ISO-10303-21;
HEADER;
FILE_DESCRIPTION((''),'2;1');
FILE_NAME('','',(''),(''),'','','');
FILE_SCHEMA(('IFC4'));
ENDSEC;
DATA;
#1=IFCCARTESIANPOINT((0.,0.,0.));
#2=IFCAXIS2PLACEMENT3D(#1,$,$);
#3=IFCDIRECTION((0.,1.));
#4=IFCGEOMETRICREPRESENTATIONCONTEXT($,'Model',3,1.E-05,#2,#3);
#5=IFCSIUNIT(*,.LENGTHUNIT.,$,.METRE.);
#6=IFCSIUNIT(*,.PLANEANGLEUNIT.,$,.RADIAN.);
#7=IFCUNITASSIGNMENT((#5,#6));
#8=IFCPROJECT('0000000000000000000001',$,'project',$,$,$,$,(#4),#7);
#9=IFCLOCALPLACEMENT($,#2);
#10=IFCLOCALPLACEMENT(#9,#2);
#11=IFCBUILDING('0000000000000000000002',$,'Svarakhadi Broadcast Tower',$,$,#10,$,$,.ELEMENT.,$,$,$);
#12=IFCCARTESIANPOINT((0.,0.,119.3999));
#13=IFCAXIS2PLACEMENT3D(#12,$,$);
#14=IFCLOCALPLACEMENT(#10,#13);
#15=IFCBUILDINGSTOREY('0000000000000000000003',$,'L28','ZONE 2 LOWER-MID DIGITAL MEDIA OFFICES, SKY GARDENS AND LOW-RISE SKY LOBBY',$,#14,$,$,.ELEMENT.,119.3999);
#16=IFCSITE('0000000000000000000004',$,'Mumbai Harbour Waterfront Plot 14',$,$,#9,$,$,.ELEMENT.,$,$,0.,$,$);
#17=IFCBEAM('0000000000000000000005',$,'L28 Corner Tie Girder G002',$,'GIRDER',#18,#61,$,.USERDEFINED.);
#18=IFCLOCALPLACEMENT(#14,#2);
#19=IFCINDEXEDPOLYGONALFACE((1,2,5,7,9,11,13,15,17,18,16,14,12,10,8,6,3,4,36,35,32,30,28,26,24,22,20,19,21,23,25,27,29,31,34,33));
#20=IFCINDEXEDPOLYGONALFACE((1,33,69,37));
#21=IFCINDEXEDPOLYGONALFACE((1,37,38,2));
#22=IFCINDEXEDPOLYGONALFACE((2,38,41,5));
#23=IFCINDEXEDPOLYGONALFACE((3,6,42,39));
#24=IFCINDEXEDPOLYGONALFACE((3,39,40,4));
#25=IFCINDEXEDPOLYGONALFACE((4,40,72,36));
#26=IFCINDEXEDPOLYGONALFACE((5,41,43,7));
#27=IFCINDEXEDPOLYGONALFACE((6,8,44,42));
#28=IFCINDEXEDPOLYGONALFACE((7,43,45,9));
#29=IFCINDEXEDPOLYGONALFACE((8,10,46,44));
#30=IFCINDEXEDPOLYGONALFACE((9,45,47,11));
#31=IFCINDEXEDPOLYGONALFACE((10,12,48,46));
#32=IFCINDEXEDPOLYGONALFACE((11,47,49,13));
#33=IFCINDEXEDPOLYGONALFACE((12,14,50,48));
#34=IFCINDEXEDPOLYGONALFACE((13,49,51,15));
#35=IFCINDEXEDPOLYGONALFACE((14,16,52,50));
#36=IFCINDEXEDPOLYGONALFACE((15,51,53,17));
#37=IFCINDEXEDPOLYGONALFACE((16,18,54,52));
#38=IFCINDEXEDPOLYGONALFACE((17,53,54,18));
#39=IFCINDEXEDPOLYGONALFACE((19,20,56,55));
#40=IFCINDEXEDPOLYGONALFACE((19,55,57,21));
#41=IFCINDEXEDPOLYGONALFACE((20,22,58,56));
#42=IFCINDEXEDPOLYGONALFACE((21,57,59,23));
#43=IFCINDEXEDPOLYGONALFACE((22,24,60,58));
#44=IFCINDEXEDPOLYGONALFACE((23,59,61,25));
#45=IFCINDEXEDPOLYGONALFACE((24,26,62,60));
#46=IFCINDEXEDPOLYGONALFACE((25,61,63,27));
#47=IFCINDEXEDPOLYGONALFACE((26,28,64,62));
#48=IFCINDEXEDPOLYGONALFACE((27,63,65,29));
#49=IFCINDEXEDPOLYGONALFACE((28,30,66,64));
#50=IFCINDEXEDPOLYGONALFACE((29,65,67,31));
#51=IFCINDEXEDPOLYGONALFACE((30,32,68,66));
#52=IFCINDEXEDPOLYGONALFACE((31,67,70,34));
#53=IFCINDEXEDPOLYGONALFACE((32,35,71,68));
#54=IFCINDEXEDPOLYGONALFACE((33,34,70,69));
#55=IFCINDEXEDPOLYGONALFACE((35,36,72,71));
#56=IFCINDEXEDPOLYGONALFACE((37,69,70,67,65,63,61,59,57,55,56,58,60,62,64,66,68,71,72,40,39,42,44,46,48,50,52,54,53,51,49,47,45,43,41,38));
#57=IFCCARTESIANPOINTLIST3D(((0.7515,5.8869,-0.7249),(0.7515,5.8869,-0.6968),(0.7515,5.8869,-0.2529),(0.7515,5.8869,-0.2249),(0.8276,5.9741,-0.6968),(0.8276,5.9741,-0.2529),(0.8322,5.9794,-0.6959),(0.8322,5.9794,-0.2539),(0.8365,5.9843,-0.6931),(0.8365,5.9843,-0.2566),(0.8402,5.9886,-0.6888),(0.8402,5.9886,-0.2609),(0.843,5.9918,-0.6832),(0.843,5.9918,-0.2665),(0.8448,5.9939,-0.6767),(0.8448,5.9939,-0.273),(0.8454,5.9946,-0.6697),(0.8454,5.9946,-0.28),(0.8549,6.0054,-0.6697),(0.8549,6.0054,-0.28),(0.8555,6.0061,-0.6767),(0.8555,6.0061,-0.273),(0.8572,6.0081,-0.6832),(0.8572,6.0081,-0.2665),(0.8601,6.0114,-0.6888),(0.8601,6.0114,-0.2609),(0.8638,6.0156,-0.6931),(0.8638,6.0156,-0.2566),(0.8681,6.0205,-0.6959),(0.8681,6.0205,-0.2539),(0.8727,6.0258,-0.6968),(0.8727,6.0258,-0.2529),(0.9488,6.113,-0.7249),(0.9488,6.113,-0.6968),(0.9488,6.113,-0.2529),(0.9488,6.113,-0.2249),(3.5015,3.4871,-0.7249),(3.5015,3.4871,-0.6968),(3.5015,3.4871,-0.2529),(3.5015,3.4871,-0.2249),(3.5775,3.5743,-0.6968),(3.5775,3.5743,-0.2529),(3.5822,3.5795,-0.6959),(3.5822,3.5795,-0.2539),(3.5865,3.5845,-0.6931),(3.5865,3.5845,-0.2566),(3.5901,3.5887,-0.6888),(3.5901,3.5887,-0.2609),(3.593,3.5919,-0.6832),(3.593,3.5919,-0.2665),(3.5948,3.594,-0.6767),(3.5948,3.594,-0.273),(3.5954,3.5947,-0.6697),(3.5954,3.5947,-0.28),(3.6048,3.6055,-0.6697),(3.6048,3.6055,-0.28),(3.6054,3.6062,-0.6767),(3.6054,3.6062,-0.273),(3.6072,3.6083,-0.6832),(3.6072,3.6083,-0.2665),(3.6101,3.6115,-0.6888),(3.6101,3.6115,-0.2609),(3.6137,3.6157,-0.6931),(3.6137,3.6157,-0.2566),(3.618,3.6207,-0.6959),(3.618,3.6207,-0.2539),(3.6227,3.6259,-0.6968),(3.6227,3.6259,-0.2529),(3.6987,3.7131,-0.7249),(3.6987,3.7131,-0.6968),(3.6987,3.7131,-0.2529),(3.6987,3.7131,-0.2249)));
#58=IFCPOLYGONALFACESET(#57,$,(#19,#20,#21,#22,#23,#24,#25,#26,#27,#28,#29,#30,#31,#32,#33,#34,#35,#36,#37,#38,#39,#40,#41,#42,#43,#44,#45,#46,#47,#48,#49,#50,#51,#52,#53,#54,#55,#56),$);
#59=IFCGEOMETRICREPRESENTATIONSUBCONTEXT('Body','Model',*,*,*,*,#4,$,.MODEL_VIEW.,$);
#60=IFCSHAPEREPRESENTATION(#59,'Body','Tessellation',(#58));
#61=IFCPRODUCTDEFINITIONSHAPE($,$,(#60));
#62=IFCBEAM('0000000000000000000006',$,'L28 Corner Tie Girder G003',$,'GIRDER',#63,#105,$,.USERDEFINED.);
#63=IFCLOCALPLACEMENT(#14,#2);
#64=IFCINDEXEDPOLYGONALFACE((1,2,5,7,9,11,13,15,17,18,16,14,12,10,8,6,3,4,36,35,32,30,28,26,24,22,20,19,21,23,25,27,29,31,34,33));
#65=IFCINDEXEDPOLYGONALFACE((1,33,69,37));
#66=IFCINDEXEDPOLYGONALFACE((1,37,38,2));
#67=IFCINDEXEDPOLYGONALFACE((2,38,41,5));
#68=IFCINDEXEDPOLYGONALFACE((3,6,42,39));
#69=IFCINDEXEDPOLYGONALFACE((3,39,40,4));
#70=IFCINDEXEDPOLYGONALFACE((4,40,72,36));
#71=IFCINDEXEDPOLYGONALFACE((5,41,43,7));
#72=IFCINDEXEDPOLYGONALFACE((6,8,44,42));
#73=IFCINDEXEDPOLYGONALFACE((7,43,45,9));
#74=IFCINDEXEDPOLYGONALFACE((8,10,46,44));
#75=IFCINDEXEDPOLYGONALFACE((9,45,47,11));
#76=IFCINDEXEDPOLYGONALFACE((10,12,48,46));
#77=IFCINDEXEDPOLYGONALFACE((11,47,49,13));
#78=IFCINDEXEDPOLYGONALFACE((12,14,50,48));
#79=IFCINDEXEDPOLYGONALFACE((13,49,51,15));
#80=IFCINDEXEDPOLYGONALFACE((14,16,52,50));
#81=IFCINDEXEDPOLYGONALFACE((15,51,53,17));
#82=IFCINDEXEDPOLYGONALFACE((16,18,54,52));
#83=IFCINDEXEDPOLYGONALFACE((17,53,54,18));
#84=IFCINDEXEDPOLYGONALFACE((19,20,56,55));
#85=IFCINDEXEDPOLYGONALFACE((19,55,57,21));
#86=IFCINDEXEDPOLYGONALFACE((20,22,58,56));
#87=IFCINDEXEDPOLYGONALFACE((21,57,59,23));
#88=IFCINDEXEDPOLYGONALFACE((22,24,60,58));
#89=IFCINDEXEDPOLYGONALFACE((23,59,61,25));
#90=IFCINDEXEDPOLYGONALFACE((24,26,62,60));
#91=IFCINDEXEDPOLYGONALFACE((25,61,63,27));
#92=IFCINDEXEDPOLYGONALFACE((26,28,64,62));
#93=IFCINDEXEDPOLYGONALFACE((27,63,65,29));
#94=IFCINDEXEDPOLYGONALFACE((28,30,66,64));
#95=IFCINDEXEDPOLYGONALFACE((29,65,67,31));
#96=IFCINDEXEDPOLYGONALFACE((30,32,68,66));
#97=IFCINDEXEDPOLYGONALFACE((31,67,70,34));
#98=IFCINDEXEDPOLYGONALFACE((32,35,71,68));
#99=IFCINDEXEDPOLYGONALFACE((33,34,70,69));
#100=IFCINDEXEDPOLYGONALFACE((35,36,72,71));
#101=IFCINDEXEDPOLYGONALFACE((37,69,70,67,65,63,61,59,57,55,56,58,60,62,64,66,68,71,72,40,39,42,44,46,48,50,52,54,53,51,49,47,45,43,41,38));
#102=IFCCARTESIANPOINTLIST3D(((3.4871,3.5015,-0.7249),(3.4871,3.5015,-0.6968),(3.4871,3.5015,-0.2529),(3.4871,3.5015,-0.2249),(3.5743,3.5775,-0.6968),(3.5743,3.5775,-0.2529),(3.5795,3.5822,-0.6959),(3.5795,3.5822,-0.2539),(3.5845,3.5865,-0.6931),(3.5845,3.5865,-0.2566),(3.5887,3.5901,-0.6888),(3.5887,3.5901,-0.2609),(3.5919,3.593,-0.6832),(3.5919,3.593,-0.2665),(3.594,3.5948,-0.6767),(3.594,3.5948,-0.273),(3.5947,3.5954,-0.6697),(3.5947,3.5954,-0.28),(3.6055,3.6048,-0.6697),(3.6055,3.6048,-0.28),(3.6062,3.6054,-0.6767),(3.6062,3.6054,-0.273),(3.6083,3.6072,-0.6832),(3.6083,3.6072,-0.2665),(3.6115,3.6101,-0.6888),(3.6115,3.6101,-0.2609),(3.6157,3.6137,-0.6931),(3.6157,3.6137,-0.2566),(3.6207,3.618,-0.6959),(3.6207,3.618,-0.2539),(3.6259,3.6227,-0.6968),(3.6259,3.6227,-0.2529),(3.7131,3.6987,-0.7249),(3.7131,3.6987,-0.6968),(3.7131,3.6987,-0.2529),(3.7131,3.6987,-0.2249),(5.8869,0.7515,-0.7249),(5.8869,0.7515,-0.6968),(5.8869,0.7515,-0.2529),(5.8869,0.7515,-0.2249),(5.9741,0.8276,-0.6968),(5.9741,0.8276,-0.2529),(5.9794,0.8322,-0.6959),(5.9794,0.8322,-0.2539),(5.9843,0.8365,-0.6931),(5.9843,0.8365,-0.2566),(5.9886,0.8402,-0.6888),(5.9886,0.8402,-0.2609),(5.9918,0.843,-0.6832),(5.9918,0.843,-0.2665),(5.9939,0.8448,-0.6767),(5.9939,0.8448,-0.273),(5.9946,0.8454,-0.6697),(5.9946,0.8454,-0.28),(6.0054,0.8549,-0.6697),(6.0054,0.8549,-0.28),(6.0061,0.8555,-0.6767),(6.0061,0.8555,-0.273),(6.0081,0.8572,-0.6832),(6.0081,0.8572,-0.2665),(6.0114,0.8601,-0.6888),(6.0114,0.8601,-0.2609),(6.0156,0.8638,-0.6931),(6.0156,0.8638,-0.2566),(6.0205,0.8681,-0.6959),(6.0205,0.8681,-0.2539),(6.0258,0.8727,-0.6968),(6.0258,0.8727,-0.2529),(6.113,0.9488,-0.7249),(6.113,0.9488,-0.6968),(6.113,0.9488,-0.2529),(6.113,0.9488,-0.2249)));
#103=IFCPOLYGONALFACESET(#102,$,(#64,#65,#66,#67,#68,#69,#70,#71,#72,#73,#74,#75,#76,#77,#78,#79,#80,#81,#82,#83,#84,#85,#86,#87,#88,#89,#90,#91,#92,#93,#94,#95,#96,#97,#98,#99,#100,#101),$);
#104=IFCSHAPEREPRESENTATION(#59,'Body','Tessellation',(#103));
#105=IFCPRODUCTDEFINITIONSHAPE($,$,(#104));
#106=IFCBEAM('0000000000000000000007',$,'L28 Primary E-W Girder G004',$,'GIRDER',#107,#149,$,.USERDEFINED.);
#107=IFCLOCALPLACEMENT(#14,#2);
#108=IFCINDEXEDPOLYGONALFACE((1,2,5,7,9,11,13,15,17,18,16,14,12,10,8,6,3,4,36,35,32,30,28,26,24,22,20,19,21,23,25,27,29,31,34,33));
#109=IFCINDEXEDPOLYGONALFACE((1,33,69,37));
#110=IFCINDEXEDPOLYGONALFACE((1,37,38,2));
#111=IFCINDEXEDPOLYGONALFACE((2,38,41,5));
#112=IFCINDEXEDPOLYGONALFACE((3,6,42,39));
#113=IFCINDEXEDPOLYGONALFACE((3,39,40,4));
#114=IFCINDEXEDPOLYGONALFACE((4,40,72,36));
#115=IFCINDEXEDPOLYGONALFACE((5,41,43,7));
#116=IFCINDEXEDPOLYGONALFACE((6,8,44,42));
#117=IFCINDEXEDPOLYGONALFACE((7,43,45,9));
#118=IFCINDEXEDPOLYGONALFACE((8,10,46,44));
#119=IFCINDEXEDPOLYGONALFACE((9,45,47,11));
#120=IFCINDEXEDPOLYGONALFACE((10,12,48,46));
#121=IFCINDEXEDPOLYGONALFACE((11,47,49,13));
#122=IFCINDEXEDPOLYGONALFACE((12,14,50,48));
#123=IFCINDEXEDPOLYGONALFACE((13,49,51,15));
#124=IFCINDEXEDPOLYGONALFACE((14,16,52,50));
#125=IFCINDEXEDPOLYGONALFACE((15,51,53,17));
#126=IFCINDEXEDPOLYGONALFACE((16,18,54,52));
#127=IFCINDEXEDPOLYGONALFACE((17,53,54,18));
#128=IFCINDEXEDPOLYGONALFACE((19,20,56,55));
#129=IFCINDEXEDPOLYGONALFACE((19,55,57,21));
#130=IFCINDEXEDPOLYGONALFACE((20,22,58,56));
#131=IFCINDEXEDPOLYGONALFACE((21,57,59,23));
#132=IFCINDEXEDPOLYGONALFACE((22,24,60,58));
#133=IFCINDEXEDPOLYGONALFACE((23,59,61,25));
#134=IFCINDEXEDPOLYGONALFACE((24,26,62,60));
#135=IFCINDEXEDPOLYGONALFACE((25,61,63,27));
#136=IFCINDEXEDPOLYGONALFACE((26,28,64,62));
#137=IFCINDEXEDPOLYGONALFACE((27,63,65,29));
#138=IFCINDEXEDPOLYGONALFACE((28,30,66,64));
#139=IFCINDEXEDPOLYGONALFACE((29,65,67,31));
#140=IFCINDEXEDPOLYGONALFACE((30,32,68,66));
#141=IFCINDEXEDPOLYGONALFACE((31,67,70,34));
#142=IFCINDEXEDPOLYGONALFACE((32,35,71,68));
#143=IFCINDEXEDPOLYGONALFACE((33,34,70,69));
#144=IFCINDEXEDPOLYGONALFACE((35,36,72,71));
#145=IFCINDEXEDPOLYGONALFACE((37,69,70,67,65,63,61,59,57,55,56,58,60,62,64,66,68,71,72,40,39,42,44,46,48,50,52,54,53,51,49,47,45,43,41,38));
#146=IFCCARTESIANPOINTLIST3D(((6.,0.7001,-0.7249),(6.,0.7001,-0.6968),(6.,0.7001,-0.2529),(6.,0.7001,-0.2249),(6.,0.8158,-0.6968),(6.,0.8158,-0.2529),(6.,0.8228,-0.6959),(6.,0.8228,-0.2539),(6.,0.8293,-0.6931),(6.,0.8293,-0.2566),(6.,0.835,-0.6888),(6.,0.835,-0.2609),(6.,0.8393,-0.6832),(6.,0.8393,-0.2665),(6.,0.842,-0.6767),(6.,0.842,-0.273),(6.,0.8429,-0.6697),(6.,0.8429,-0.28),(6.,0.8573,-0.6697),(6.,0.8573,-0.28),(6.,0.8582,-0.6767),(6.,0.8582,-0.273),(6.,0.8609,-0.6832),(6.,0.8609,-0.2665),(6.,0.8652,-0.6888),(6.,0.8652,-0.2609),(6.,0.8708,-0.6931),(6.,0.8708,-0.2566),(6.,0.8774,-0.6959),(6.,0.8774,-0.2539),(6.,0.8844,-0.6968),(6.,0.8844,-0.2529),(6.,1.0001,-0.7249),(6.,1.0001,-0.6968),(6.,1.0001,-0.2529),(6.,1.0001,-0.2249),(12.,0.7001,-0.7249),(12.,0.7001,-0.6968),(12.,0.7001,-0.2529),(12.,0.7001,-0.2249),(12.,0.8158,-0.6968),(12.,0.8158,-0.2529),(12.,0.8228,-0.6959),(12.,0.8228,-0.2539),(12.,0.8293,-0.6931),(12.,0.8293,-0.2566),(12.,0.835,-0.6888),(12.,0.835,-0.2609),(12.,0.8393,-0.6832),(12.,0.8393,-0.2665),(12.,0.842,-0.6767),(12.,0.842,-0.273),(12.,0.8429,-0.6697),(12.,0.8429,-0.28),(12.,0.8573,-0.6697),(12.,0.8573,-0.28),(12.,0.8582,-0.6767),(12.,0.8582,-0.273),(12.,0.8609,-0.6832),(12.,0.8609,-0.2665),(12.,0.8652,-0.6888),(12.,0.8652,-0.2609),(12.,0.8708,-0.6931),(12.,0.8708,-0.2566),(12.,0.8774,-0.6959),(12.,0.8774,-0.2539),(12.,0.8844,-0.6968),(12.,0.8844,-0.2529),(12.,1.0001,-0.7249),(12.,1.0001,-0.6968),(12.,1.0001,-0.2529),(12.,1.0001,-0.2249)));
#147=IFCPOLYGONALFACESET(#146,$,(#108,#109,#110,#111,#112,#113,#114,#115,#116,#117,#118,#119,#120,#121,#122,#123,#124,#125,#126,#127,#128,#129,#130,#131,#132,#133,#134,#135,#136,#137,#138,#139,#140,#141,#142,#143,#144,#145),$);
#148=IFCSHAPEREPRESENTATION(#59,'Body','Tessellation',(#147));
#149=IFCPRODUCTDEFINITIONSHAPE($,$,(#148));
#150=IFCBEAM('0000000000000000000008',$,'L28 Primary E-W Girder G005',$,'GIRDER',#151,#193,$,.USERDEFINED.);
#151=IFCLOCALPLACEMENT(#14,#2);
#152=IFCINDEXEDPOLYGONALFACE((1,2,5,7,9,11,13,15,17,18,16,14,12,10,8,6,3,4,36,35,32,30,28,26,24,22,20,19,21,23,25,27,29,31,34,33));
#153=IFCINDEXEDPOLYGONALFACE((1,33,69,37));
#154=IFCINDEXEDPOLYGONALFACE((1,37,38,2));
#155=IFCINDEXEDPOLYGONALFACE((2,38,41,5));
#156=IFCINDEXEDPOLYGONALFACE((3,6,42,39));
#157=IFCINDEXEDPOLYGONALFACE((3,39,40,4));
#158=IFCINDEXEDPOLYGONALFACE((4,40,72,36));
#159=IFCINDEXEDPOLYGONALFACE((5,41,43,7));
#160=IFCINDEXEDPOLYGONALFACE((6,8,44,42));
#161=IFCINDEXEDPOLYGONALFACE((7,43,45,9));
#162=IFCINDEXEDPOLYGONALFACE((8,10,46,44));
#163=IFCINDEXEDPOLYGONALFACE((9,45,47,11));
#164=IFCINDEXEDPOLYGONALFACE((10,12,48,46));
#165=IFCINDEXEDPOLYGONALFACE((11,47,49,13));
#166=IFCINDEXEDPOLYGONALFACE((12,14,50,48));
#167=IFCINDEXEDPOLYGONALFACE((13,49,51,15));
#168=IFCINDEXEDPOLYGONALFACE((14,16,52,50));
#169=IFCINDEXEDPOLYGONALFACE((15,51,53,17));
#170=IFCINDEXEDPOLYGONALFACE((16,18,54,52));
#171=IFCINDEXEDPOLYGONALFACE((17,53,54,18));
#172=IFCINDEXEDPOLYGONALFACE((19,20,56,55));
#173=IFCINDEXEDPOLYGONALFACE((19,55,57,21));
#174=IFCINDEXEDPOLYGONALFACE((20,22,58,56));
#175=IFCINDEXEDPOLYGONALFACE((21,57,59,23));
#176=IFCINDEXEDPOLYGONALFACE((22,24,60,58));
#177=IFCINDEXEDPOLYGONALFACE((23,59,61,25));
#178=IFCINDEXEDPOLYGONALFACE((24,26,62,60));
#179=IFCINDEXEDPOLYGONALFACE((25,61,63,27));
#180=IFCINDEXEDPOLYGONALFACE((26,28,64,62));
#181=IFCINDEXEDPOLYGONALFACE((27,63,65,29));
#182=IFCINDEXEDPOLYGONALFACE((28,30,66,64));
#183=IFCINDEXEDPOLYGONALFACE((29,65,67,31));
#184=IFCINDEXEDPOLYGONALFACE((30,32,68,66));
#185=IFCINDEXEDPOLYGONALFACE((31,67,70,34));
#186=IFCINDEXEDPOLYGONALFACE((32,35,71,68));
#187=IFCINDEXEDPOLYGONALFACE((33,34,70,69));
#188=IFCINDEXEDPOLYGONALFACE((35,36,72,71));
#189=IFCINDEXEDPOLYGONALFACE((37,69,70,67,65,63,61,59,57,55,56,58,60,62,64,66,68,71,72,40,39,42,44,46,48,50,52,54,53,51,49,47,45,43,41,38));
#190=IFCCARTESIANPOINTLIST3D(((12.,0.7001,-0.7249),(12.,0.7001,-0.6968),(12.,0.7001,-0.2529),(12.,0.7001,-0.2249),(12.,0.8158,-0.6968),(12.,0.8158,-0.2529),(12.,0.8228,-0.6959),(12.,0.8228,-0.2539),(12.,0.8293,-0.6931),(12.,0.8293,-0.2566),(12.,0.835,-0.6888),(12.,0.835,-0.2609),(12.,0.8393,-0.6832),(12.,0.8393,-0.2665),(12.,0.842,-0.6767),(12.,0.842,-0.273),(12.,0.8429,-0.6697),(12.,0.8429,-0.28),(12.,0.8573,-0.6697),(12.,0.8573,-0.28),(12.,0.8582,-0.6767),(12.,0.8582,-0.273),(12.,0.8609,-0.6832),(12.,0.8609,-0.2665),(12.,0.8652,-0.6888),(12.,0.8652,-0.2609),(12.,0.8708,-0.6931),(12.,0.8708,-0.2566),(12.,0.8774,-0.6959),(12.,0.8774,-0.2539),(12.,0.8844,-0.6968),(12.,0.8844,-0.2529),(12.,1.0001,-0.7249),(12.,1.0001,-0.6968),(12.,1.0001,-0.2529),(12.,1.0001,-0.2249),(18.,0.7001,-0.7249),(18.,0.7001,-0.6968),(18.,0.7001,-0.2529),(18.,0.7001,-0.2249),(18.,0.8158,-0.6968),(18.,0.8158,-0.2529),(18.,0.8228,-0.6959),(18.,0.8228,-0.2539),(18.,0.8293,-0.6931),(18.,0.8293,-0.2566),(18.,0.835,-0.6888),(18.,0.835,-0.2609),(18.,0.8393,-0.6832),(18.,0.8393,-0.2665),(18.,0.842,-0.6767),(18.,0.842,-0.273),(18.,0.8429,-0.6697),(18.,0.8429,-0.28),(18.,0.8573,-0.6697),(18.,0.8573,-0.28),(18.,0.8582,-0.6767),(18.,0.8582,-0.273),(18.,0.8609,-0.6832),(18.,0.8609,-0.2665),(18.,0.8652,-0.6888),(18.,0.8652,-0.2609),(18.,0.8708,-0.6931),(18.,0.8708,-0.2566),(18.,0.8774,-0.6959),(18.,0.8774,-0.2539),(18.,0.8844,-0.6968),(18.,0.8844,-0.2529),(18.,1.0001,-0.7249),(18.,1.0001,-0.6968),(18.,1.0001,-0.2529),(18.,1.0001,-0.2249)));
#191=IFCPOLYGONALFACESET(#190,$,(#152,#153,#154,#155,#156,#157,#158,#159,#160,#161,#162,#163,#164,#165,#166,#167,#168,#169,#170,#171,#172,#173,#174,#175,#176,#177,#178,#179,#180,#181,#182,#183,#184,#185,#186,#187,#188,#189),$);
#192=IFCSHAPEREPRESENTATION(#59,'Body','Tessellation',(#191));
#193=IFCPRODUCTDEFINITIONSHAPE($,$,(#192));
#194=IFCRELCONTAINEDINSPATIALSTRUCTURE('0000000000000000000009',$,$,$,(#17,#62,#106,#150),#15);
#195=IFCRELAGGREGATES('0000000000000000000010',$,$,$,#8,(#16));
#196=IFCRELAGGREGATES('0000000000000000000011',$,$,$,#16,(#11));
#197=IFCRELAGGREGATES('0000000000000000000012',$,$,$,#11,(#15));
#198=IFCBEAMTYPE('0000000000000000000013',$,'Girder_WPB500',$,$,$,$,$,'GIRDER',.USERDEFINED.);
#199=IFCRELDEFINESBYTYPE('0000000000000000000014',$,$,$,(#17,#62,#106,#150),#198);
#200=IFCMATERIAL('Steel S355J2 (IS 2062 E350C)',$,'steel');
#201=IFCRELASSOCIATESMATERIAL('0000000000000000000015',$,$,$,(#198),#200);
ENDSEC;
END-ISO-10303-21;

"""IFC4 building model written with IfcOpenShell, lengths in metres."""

from ifc_helpers import new_model, si_unit, direction, frame, origin, origin_2d, place, context, subcontext, project, spatial, i_section, extrude, material, material_profile, profile_set, type_object, element, save


model = new_model("IFC4")

# Units and contexts
model_context = context("Model", 3, precision=1e-05, world=origin(), true_north=direction((0.0, 1.0)))
body_context = subcontext(model_context, "Body", "Model", "MODEL_VIEW")
ifc_project = project(units=[si_unit("LENGTHUNIT", "METRE"), si_unit("PLANEANGLEUNIT", "RADIAN")], contexts=[model_context])

# Site, building, storey
site_placement = place(None, origin())
site = spatial("IfcSite", under=ifc_project, at=site_placement, Name="Mumbai Harbour Waterfront Plot 14", CompositionType="ELEMENT", RefElevation=0.0)
building_placement = place(site_placement, origin())
building = spatial("IfcBuilding", under=site, at=building_placement, Name="Svarakhadi Broadcast Tower", CompositionType="ELEMENT")
storey_placement = place(building_placement, frame((0.0, 0.0, 119.3999)))
storey = spatial("IfcBuildingStorey", under=building, at=storey_placement, Name="L28", Description="ZONE 2 LOWER-MID DIGITAL MEDIA OFFICES, SKY GARDENS AND LOW-RISE SKY LOBBY", CompositionType="ELEMENT", Elevation=119.3999)

# Shared definitions
ifc_material_1 = material(Name="Steel S355J2 (IS 2062 E350C)", Category="steel")

# Beams
ifc_material_profile_1 = material_profile(ifc_material_1, i_section(OverallWidth=0.3, OverallDepth=0.5, WebThickness=0.0144, FlangeThickness=0.0281, FilletRadius=0.0271, at=origin_2d()), Name="WPB 500x300x187")
ifc_profile_set_1 = profile_set([ifc_material_profile_1], Name="Steel S355J2 (IS 2062 E350C)")
beam_type_1 = type_object("IfcBeamType", Name="Girder_WPB500", ElementType="GIRDER", PredefinedType="USERDEFINED", material=ifc_profile_set_1)
for number, where, z_axis, x_axis, name in (
    (1, (3.6001, 3.6001, -0.4749), (-0.753438, 0.657519, 0.0), (-0.657519, -0.753438, 0.0), "L28 Corner Tie Girder G002"),
    (2, (3.6001, 3.6001, -0.4749), (0.657519, -0.753438, 0.0), (0.753438, 0.657519, 0.0), "L28 Corner Tie Girder G003"),
):
    element("IfcBeam", number, at=place(storey_placement, frame(where, z_axis=z_axis, x_axis=x_axis)), inside=storey, type_object=beam_type_1, Name=name, ObjectType="GIRDER", PredefinedType="USERDEFINED", context=body_context, shape_type="SweptSolid", body=[
        extrude(i_section(OverallWidth=0.3, OverallDepth=0.5, WebThickness=0.0144, FlangeThickness=0.0281, FilletRadius=0.0271, at=origin_2d()), origin(), (0.0, 0.0, 1.0), 3.6499),
    ])
for number, where, z_axis, x_axis, name in (
    (3, (6.0, 0.8501, -0.4749), (1.0, 0.0, 0.0), (0.0, 1.0, 0.0), "L28 Primary E-W Girder G004"),
    (4, (12.0, 0.8501, -0.4749), (1.0, 0.0, 0.0), (0.0, 1.0, 0.0), "L28 Primary E-W Girder G005"),
):
    element("IfcBeam", number, at=place(storey_placement, frame(where, z_axis=z_axis, x_axis=x_axis)), inside=storey, type_object=beam_type_1, Name=name, ObjectType="GIRDER", PredefinedType="USERDEFINED", context=body_context, shape_type="SweptSolid", body=[
        extrude(i_section(OverallWidth=0.3, OverallDepth=0.5, WebThickness=0.0144, FlangeThickness=0.0281, FilletRadius=0.0271, at=origin_2d()), origin(), (0.0, 0.0, 1.0), 6.0),
    ])

save(model, "model.ifc")
